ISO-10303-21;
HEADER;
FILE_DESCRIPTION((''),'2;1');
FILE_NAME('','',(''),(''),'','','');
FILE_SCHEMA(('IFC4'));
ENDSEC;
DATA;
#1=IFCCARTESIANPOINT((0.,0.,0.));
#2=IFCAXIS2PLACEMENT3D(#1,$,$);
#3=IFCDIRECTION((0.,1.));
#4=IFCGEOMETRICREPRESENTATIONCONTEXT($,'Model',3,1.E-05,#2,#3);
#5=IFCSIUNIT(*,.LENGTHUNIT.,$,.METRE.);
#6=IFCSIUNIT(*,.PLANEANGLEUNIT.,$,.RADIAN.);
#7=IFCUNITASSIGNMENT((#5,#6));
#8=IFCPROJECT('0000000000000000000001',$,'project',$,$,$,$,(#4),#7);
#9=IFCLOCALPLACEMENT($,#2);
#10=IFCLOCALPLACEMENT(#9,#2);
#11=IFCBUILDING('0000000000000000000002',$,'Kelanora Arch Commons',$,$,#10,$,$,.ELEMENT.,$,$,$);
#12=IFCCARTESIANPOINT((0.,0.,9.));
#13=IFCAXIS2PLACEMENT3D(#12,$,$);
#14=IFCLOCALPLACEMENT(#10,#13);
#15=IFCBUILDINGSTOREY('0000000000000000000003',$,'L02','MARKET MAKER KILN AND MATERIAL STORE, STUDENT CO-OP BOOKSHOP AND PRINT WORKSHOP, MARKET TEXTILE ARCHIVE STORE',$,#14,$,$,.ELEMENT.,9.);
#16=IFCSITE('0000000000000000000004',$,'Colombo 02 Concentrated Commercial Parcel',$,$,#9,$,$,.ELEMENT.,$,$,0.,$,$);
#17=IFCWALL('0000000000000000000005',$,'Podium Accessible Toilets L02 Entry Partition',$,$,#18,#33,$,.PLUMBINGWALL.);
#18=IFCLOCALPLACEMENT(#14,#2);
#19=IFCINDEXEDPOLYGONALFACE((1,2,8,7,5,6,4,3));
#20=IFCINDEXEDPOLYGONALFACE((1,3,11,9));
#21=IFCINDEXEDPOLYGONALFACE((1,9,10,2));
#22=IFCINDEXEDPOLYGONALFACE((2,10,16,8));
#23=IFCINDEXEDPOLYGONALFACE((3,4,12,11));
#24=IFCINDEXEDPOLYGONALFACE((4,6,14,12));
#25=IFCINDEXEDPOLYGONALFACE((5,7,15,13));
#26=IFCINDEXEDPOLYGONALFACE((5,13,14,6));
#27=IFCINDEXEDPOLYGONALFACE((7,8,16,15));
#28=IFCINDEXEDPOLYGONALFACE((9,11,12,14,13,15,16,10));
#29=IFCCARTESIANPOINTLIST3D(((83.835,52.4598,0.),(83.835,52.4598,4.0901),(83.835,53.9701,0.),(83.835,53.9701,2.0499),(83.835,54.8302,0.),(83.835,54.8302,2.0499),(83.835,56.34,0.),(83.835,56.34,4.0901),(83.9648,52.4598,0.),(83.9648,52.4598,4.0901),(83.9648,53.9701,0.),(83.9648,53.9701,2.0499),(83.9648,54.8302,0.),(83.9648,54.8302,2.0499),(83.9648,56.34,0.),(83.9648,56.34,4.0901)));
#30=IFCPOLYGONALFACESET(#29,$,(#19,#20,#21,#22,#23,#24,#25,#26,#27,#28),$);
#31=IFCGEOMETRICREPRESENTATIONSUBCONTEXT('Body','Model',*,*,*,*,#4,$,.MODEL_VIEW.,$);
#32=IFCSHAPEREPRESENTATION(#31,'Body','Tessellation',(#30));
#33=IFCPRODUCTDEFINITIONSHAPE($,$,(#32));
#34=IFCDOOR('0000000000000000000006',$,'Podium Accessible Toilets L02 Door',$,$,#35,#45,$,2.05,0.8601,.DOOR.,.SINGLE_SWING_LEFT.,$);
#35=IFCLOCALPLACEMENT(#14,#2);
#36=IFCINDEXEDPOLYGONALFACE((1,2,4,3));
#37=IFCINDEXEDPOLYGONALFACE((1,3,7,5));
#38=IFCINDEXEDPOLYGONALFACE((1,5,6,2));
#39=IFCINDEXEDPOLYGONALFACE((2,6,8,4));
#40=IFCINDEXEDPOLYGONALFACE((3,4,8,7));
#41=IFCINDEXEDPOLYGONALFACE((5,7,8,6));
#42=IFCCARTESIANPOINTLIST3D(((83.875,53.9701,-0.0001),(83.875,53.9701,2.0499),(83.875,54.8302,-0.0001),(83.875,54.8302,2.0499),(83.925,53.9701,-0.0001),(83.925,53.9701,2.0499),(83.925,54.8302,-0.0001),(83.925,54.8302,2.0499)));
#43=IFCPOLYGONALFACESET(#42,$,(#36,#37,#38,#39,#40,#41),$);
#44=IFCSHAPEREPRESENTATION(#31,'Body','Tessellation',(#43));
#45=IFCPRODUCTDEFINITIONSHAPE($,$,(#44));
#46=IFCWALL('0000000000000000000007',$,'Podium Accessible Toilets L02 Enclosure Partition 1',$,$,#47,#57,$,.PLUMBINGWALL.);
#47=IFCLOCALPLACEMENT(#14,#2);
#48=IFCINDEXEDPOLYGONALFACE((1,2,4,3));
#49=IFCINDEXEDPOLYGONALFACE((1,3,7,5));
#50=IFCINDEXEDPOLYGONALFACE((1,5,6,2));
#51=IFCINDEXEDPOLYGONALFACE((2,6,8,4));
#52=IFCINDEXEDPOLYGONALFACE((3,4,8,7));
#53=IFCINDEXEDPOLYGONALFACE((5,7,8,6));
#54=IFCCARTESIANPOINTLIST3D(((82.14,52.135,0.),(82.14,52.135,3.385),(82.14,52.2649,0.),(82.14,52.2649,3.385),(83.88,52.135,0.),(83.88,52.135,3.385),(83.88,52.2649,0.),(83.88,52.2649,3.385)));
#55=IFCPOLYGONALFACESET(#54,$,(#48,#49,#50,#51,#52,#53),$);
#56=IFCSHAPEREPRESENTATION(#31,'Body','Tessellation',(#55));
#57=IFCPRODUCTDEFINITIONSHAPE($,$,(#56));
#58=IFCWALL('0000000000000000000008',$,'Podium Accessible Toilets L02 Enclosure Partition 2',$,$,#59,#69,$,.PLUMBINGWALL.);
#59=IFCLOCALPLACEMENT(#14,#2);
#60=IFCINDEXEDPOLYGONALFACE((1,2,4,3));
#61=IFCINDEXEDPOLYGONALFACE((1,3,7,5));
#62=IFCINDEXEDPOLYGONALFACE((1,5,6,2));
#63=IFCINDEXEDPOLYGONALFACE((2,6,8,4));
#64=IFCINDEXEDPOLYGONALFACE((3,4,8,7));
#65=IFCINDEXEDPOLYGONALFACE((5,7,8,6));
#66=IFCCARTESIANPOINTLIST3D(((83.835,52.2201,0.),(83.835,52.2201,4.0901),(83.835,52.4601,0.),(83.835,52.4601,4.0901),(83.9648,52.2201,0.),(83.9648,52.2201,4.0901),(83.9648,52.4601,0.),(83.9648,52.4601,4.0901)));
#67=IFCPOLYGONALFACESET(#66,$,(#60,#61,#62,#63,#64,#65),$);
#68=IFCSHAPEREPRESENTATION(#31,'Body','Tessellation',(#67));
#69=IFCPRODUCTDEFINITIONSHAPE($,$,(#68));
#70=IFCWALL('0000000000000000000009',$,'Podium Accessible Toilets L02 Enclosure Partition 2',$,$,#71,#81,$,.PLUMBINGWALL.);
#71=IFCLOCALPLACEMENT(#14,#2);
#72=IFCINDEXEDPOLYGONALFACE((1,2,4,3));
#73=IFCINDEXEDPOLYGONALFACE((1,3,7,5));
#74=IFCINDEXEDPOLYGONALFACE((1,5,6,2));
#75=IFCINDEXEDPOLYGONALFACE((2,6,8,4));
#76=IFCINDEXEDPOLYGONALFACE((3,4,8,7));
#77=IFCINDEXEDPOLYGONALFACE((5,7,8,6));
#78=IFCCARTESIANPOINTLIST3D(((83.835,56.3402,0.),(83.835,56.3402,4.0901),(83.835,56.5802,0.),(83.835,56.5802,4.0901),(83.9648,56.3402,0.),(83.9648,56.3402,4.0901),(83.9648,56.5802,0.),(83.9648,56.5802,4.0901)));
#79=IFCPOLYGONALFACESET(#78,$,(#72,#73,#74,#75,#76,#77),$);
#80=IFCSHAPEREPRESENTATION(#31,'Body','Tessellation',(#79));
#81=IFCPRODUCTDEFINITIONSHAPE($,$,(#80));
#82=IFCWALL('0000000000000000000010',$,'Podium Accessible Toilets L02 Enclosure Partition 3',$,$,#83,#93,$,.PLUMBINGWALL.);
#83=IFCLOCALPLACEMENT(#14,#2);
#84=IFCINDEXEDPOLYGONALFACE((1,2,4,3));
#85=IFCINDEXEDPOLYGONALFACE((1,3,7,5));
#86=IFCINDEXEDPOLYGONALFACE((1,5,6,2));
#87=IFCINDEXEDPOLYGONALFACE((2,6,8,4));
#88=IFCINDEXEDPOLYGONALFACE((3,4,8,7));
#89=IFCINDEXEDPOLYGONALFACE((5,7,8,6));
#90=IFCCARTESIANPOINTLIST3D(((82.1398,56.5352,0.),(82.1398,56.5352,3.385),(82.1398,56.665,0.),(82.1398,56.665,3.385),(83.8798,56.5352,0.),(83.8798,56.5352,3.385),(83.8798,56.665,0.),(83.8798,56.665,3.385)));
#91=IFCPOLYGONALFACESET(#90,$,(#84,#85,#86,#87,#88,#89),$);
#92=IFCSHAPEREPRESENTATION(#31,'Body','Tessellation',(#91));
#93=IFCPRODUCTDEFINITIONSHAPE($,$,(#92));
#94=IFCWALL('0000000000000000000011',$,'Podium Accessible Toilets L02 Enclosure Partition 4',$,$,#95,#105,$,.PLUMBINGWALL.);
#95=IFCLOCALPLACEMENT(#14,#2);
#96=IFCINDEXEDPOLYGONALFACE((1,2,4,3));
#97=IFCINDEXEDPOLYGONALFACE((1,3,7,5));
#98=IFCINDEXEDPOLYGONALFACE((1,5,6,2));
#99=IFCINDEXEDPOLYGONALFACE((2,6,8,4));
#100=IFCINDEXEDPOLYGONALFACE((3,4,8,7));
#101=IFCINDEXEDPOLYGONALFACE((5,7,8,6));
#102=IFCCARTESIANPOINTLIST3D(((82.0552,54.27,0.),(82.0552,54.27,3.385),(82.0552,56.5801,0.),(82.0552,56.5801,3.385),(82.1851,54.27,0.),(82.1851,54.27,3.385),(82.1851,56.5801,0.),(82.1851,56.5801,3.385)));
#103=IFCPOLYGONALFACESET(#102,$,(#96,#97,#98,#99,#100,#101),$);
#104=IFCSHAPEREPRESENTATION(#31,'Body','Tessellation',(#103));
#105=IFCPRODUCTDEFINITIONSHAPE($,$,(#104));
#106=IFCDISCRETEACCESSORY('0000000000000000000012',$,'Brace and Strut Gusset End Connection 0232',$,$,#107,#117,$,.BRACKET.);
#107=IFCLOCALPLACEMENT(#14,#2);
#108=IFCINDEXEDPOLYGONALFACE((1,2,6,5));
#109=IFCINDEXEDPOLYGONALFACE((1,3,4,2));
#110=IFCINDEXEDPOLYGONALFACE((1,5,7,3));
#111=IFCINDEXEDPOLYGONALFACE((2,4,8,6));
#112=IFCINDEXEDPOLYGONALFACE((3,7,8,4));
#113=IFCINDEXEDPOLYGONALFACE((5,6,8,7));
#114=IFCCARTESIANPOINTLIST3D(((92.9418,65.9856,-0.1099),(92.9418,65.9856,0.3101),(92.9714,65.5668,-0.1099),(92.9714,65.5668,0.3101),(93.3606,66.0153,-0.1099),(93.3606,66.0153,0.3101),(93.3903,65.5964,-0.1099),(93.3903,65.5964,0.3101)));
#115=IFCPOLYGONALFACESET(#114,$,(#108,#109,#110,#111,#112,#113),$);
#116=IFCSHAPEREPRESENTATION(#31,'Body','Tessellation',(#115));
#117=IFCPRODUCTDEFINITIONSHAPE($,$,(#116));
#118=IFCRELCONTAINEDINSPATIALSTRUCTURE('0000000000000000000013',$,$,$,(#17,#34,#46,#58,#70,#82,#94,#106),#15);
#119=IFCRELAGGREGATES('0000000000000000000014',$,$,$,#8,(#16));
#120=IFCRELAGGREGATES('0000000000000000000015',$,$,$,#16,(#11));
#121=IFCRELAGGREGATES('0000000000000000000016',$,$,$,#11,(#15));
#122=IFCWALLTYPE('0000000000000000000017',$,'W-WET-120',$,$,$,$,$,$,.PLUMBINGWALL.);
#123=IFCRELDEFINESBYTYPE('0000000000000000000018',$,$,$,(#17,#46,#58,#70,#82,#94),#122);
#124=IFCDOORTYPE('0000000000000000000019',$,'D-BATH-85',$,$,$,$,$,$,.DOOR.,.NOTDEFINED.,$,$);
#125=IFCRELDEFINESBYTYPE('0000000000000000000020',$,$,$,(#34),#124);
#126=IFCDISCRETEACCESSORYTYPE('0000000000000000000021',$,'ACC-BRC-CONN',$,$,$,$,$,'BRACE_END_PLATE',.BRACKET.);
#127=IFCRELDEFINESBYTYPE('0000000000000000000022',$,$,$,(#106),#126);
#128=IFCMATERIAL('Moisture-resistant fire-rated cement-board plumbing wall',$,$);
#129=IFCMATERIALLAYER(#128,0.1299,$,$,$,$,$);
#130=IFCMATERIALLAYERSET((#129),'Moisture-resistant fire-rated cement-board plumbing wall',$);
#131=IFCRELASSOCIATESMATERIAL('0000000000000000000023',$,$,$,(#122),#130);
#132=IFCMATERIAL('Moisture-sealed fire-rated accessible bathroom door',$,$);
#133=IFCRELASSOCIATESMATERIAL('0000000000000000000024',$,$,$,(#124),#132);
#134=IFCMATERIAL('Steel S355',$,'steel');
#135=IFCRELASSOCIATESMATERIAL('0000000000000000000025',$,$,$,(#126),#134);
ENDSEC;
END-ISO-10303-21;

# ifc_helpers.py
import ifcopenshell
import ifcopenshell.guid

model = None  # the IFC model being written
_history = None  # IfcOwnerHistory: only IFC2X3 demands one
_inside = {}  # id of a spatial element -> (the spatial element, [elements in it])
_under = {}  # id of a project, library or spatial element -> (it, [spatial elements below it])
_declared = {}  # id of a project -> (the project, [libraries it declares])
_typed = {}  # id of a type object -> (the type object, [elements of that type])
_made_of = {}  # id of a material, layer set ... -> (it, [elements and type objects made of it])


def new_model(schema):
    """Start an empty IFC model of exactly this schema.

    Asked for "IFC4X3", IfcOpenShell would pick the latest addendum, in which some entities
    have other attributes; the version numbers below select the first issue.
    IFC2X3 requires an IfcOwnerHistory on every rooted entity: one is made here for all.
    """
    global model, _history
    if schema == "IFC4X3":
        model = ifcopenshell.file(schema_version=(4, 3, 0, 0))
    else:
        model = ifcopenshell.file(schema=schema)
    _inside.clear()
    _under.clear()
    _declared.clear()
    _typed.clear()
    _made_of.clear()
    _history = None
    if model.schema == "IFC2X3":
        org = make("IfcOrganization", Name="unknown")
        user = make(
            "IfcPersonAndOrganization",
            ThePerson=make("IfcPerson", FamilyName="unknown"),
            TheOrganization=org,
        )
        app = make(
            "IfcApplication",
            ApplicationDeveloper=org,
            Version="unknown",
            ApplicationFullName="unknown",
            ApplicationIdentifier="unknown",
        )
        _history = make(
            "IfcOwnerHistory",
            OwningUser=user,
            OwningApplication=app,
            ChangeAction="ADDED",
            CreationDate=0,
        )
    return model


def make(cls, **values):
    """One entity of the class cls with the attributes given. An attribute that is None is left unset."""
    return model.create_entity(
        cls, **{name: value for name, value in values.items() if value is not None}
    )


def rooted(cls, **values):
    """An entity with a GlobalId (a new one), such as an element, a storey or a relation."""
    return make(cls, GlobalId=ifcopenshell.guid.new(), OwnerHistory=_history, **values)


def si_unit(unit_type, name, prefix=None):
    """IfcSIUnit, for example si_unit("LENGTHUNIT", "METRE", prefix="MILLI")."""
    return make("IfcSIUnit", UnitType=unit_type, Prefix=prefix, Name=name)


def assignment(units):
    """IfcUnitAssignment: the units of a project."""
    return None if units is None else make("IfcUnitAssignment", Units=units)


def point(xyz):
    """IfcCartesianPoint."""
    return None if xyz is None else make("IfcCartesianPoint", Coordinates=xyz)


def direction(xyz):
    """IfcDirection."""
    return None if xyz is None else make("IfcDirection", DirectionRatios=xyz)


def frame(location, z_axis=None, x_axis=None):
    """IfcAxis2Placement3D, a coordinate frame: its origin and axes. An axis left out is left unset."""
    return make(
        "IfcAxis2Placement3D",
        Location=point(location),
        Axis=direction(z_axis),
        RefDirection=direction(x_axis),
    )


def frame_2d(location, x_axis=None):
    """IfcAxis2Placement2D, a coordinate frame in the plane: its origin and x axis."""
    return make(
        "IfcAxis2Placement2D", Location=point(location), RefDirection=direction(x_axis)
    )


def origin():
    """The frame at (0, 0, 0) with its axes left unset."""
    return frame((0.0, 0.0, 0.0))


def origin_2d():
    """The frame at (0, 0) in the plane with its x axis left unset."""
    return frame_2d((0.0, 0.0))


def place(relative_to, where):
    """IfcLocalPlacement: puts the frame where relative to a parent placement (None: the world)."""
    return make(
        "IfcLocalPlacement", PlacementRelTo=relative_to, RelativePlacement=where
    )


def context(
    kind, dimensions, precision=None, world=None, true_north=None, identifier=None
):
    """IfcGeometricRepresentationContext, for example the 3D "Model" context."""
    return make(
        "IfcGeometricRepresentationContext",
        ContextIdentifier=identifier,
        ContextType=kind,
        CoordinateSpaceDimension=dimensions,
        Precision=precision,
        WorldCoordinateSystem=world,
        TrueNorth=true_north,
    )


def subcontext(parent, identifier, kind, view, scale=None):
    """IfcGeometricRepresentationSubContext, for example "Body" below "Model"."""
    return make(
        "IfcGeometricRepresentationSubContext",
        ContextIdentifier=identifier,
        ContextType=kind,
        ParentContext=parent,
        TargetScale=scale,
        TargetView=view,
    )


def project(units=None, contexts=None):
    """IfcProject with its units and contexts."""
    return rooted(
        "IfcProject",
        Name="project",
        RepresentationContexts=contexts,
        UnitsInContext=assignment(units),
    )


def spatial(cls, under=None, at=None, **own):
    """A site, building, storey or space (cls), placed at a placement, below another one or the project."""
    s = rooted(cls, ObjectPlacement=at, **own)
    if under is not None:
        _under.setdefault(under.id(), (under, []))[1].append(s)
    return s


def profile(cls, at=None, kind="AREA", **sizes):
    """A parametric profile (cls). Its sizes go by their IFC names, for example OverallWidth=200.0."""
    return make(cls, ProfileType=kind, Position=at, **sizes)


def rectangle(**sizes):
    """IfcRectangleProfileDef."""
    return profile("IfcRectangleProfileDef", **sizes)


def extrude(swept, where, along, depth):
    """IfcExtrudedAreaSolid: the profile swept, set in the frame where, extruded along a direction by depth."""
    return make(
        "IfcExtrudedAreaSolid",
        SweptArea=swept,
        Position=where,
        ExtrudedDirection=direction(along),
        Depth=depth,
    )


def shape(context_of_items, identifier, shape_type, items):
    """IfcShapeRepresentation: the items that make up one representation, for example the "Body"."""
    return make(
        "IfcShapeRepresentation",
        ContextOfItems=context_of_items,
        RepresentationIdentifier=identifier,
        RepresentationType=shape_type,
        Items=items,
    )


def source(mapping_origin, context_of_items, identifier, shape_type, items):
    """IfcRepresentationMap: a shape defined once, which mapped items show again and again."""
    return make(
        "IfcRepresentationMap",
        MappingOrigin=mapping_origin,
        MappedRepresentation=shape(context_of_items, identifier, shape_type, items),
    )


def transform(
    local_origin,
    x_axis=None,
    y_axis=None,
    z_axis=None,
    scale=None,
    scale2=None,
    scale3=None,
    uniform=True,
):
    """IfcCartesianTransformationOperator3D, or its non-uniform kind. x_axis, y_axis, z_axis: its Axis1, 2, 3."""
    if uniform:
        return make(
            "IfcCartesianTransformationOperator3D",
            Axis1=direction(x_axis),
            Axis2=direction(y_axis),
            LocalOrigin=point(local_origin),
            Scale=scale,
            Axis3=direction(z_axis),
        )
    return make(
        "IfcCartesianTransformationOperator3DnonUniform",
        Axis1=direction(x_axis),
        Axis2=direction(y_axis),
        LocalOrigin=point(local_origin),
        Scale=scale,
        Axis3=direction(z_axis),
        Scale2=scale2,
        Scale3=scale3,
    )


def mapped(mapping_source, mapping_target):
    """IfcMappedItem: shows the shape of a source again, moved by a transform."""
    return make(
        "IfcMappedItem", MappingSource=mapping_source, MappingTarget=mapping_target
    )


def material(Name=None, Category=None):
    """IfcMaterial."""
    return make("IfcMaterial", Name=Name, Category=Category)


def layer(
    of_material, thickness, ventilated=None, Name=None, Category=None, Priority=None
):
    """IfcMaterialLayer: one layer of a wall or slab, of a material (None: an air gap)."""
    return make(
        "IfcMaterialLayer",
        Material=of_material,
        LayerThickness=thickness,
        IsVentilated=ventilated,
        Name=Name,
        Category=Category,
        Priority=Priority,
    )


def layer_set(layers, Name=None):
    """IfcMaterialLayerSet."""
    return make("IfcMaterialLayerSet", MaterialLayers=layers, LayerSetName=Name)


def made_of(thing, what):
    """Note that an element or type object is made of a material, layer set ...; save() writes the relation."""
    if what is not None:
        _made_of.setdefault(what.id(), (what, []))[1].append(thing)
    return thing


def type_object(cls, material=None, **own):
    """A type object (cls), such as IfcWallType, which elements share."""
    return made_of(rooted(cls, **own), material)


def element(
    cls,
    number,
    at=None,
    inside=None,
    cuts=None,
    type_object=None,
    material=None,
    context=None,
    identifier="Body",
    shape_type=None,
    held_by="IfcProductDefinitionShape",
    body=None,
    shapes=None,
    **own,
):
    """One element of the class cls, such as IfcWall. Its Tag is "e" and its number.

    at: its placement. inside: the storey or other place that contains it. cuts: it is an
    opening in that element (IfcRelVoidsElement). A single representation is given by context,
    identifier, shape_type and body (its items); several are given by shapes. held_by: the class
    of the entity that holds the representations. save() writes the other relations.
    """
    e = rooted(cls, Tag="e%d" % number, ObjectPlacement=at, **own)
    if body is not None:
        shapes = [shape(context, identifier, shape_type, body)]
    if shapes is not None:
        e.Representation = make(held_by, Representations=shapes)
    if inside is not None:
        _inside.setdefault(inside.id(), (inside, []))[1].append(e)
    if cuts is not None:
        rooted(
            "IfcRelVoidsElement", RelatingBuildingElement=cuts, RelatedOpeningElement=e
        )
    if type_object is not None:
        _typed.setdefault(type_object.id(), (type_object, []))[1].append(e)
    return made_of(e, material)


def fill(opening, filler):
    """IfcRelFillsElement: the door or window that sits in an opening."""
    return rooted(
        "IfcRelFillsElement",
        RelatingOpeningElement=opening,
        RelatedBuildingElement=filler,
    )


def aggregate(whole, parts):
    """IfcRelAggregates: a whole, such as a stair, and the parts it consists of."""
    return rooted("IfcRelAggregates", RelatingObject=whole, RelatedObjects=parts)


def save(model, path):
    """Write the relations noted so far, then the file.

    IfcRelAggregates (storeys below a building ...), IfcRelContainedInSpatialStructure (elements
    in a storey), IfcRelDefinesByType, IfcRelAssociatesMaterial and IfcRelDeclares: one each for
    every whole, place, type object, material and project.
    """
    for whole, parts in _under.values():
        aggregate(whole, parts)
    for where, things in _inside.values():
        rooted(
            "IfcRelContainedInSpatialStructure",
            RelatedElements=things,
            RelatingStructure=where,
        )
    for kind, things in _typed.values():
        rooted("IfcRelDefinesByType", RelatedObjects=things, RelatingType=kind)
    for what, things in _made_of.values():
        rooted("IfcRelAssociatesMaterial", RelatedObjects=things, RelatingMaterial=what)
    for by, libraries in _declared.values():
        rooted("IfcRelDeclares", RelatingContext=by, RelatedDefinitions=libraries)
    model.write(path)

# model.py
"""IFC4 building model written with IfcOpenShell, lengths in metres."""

from ifc_helpers import new_model, si_unit, direction, frame, frame_2d, origin, origin_2d, place, context, subcontext, project, spatial, rectangle, extrude, source, transform, mapped, material, layer, layer_set, type_object, element, fill, save


model = new_model("IFC4")

# Units and contexts
model_context = context("Model", 3, precision=1e-05, world=origin(), true_north=direction((0.0, 1.0)))
body_context = subcontext(model_context, "Body", "Model", "MODEL_VIEW")
ifc_project = project(units=[si_unit("LENGTHUNIT", "METRE"), si_unit("PLANEANGLEUNIT", "RADIAN")], contexts=[model_context])

# Site, building, storey
site_placement = place(None, origin())
site = spatial("IfcSite", under=ifc_project, at=site_placement, Name="Colombo 02 Concentrated Commercial Parcel", CompositionType="ELEMENT", RefElevation=0.0)
building_placement = place(site_placement, origin())
building = spatial("IfcBuilding", under=site, at=building_placement, Name="Kelanora Arch Commons", CompositionType="ELEMENT")
storey_placement = place(building_placement, frame((0.0, 0.0, 9.0)))
storey = spatial("IfcBuildingStorey", under=building, at=storey_placement, Name="L02", Description="MARKET MAKER KILN AND MATERIAL STORE, STUDENT CO-OP BOOKSHOP AND PRINT WORKSHOP, MARKET TEXTILE ARCHIVE STORE", CompositionType="ELEMENT", Elevation=9.0)

# Shared definitions
ifc_material_1 = material(Name="Steel S355", Category="steel")

# Wall, opening, door
ifc_material_2 = material(Name="Moisture-resistant fire-rated cement-board plumbing wall")
ifc_layer_1 = layer(ifc_material_2, 0.1299)
ifc_layer_set_1 = layer_set([ifc_layer_1], Name="Moisture-resistant fire-rated cement-board plumbing wall")
wall_type_1 = type_object("IfcWallType", Name="W-WET-120", PredefinedType="PLUMBINGWALL", material=ifc_layer_set_1)
wall_1_placement = place(storey_placement, frame((83.8999, 52.46, 0.0), z_axis=(0.0, 0.0, 1.0), x_axis=(0.0, 1.0, 0.0)))
wall_1 = element("IfcWall", 1, at=wall_1_placement, inside=storey, type_object=wall_type_1, Name="Podium Accessible Toilets L02 Entry Partition", PredefinedType="PLUMBINGWALL", context=body_context, shape_type="SweptSolid", body=[
    extrude(rectangle(XDim=3.8801, YDim=0.1299, at=frame_2d((1.9399, 0.0))), origin(), (0.0, 0.0, 1.0), 4.0901),
])
opening_1_placement = place(wall_1_placement, frame((1.51, 0.0, 0.0)))
opening_1 = element("IfcOpeningElement", 2, at=opening_1_placement, cuts=wall_1, PredefinedType="OPENING", context=body_context, shape_type="SweptSolid", body=[
    extrude(rectangle(XDim=0.8601, YDim=2.05, at=frame_2d((0.4302, 1.0249))), frame((0.0, 0.075, 0.0), z_axis=(0.0, -1.0, 0.0), x_axis=(1.0, 0.0, 0.0)), (0.0, 0.0, 1.0), 0.1499),
])
ifc_material_3 = material(Name="Moisture-sealed fire-rated accessible bathroom door")
door_type_1 = type_object("IfcDoorType", Name="D-BATH-85", OperationType="NOTDEFINED", PredefinedType="DOOR", material=ifc_material_3)
door_1_placement = place(opening_1_placement, origin())
door_1 = element("IfcDoor", 3, at=door_1_placement, inside=storey, type_object=door_type_1, Name="Podium Accessible Toilets L02 Door", OperationType="SINGLE_SWING_LEFT", OverallHeight=2.05, OverallWidth=0.8601, PredefinedType="DOOR", context=body_context, shape_type="SweptSolid", body=[
    extrude(rectangle(XDim=0.8601, YDim=2.05, at=frame_2d((0.4302, 1.0249))), frame((0.0, 0.0249, 0.0), z_axis=(0.0, -1.0, 0.0), x_axis=(1.0, 0.0, 0.0)), (0.0, 0.0, 1.0), 0.05),
])
fill(opening_1, door_1)

# Walls
wall_2_placement = place(storey_placement, frame((82.1399, 52.2, 0.0), z_axis=(0.0, 0.0, 1.0), x_axis=(1.0, 0.0, 0.0)))
element("IfcWall", 4, at=wall_2_placement, inside=storey, type_object=wall_type_1, Name="Podium Accessible Toilets L02 Enclosure Partition 1", PredefinedType="PLUMBINGWALL", context=body_context, shape_type="SweptSolid", body=[
    extrude(rectangle(XDim=1.74, YDim=0.1299, at=frame_2d((0.8701, 0.0))), origin(), (0.0, 0.0, 1.0), 3.385),
])
for number, where, z_axis, x_axis, name in (
    (5, (83.8999, 52.22, 0.0), (0.0, 0.0, 1.0), (0.0, 1.0, 0.0), "Podium Accessible Toilets L02 Enclosure Partition 2"),
    (6, (83.8999, 56.3401, 0.0), (0.0, 0.0, 1.0), (0.0, 1.0, 0.0), "Podium Accessible Toilets L02 Enclosure Partition 2"),
):
    element("IfcWall", number, at=place(storey_placement, frame(where, z_axis=z_axis, x_axis=x_axis)), inside=storey, type_object=wall_type_1, Name=name, PredefinedType="PLUMBINGWALL", context=body_context, shape_type="SweptSolid", body=[
        extrude(rectangle(XDim=0.24, YDim=0.1299, at=frame_2d((0.1201, 0.0))), origin(), (0.0, 0.0, 1.0), 4.0901),
    ])
wall_3_placement = place(storey_placement, frame((83.8799, 56.6001, 0.0), z_axis=(0.0, 0.0, 1.0), x_axis=(-1.0, 0.0, 0.0)))
element("IfcWall", 7, at=wall_3_placement, inside=storey, type_object=wall_type_1, Name="Podium Accessible Toilets L02 Enclosure Partition 3", PredefinedType="PLUMBINGWALL", context=body_context, shape_type="SweptSolid", body=[
    extrude(rectangle(XDim=1.74, YDim=0.1299, at=frame_2d((0.8701, 0.0))), origin(), (0.0, 0.0, 1.0), 3.385),
])
wall_4_placement = place(storey_placement, frame((82.1201, 56.5801, 0.0), z_axis=(0.0, 0.0, 1.0), x_axis=(0.0, -1.0, 0.0)))
element("IfcWall", 8, at=wall_4_placement, inside=storey, type_object=wall_type_1, Name="Podium Accessible Toilets L02 Enclosure Partition 4", PredefinedType="PLUMBINGWALL", context=body_context, shape_type="SweptSolid", body=[
    extrude(rectangle(XDim=2.3101, YDim=0.1299, at=frame_2d((1.155, 0.0))), origin(), (0.0, 0.0, 1.0), 3.385),
])

# Discrete accessory
discrete_accessory_type = type_object("IfcDiscreteAccessoryType", Name="ACC-BRC-CONN", ElementType="BRACE_END_PLATE", PredefinedType="BRACKET", material=ifc_material_1)
shared_shape = source(origin(), body_context, "Body", "SweptSolid", [
    extrude(rectangle(XDim=0.4199, YDim=0.4199, at=origin_2d()), origin(), (0.0, 0.0, 1.0), 0.4199),
])
discrete_accessory_placement = place(storey_placement, frame((93.166, 65.791, -0.1099), z_axis=(0.0, 0.0, 1.0), x_axis=(0.997503, 0.070627, 0.0)))
element("IfcDiscreteAccessory", 9, at=discrete_accessory_placement, inside=storey, type_object=discrete_accessory_type, Name="Brace and Strut Gusset End Connection 0232", PredefinedType="BRACKET", context=body_context, shape_type="MappedRepresentation", body=[
    mapped(shared_shape, transform((0.0, 0.0, 0.0), scale=1.0)),
])

save(model, "model.ifc")
